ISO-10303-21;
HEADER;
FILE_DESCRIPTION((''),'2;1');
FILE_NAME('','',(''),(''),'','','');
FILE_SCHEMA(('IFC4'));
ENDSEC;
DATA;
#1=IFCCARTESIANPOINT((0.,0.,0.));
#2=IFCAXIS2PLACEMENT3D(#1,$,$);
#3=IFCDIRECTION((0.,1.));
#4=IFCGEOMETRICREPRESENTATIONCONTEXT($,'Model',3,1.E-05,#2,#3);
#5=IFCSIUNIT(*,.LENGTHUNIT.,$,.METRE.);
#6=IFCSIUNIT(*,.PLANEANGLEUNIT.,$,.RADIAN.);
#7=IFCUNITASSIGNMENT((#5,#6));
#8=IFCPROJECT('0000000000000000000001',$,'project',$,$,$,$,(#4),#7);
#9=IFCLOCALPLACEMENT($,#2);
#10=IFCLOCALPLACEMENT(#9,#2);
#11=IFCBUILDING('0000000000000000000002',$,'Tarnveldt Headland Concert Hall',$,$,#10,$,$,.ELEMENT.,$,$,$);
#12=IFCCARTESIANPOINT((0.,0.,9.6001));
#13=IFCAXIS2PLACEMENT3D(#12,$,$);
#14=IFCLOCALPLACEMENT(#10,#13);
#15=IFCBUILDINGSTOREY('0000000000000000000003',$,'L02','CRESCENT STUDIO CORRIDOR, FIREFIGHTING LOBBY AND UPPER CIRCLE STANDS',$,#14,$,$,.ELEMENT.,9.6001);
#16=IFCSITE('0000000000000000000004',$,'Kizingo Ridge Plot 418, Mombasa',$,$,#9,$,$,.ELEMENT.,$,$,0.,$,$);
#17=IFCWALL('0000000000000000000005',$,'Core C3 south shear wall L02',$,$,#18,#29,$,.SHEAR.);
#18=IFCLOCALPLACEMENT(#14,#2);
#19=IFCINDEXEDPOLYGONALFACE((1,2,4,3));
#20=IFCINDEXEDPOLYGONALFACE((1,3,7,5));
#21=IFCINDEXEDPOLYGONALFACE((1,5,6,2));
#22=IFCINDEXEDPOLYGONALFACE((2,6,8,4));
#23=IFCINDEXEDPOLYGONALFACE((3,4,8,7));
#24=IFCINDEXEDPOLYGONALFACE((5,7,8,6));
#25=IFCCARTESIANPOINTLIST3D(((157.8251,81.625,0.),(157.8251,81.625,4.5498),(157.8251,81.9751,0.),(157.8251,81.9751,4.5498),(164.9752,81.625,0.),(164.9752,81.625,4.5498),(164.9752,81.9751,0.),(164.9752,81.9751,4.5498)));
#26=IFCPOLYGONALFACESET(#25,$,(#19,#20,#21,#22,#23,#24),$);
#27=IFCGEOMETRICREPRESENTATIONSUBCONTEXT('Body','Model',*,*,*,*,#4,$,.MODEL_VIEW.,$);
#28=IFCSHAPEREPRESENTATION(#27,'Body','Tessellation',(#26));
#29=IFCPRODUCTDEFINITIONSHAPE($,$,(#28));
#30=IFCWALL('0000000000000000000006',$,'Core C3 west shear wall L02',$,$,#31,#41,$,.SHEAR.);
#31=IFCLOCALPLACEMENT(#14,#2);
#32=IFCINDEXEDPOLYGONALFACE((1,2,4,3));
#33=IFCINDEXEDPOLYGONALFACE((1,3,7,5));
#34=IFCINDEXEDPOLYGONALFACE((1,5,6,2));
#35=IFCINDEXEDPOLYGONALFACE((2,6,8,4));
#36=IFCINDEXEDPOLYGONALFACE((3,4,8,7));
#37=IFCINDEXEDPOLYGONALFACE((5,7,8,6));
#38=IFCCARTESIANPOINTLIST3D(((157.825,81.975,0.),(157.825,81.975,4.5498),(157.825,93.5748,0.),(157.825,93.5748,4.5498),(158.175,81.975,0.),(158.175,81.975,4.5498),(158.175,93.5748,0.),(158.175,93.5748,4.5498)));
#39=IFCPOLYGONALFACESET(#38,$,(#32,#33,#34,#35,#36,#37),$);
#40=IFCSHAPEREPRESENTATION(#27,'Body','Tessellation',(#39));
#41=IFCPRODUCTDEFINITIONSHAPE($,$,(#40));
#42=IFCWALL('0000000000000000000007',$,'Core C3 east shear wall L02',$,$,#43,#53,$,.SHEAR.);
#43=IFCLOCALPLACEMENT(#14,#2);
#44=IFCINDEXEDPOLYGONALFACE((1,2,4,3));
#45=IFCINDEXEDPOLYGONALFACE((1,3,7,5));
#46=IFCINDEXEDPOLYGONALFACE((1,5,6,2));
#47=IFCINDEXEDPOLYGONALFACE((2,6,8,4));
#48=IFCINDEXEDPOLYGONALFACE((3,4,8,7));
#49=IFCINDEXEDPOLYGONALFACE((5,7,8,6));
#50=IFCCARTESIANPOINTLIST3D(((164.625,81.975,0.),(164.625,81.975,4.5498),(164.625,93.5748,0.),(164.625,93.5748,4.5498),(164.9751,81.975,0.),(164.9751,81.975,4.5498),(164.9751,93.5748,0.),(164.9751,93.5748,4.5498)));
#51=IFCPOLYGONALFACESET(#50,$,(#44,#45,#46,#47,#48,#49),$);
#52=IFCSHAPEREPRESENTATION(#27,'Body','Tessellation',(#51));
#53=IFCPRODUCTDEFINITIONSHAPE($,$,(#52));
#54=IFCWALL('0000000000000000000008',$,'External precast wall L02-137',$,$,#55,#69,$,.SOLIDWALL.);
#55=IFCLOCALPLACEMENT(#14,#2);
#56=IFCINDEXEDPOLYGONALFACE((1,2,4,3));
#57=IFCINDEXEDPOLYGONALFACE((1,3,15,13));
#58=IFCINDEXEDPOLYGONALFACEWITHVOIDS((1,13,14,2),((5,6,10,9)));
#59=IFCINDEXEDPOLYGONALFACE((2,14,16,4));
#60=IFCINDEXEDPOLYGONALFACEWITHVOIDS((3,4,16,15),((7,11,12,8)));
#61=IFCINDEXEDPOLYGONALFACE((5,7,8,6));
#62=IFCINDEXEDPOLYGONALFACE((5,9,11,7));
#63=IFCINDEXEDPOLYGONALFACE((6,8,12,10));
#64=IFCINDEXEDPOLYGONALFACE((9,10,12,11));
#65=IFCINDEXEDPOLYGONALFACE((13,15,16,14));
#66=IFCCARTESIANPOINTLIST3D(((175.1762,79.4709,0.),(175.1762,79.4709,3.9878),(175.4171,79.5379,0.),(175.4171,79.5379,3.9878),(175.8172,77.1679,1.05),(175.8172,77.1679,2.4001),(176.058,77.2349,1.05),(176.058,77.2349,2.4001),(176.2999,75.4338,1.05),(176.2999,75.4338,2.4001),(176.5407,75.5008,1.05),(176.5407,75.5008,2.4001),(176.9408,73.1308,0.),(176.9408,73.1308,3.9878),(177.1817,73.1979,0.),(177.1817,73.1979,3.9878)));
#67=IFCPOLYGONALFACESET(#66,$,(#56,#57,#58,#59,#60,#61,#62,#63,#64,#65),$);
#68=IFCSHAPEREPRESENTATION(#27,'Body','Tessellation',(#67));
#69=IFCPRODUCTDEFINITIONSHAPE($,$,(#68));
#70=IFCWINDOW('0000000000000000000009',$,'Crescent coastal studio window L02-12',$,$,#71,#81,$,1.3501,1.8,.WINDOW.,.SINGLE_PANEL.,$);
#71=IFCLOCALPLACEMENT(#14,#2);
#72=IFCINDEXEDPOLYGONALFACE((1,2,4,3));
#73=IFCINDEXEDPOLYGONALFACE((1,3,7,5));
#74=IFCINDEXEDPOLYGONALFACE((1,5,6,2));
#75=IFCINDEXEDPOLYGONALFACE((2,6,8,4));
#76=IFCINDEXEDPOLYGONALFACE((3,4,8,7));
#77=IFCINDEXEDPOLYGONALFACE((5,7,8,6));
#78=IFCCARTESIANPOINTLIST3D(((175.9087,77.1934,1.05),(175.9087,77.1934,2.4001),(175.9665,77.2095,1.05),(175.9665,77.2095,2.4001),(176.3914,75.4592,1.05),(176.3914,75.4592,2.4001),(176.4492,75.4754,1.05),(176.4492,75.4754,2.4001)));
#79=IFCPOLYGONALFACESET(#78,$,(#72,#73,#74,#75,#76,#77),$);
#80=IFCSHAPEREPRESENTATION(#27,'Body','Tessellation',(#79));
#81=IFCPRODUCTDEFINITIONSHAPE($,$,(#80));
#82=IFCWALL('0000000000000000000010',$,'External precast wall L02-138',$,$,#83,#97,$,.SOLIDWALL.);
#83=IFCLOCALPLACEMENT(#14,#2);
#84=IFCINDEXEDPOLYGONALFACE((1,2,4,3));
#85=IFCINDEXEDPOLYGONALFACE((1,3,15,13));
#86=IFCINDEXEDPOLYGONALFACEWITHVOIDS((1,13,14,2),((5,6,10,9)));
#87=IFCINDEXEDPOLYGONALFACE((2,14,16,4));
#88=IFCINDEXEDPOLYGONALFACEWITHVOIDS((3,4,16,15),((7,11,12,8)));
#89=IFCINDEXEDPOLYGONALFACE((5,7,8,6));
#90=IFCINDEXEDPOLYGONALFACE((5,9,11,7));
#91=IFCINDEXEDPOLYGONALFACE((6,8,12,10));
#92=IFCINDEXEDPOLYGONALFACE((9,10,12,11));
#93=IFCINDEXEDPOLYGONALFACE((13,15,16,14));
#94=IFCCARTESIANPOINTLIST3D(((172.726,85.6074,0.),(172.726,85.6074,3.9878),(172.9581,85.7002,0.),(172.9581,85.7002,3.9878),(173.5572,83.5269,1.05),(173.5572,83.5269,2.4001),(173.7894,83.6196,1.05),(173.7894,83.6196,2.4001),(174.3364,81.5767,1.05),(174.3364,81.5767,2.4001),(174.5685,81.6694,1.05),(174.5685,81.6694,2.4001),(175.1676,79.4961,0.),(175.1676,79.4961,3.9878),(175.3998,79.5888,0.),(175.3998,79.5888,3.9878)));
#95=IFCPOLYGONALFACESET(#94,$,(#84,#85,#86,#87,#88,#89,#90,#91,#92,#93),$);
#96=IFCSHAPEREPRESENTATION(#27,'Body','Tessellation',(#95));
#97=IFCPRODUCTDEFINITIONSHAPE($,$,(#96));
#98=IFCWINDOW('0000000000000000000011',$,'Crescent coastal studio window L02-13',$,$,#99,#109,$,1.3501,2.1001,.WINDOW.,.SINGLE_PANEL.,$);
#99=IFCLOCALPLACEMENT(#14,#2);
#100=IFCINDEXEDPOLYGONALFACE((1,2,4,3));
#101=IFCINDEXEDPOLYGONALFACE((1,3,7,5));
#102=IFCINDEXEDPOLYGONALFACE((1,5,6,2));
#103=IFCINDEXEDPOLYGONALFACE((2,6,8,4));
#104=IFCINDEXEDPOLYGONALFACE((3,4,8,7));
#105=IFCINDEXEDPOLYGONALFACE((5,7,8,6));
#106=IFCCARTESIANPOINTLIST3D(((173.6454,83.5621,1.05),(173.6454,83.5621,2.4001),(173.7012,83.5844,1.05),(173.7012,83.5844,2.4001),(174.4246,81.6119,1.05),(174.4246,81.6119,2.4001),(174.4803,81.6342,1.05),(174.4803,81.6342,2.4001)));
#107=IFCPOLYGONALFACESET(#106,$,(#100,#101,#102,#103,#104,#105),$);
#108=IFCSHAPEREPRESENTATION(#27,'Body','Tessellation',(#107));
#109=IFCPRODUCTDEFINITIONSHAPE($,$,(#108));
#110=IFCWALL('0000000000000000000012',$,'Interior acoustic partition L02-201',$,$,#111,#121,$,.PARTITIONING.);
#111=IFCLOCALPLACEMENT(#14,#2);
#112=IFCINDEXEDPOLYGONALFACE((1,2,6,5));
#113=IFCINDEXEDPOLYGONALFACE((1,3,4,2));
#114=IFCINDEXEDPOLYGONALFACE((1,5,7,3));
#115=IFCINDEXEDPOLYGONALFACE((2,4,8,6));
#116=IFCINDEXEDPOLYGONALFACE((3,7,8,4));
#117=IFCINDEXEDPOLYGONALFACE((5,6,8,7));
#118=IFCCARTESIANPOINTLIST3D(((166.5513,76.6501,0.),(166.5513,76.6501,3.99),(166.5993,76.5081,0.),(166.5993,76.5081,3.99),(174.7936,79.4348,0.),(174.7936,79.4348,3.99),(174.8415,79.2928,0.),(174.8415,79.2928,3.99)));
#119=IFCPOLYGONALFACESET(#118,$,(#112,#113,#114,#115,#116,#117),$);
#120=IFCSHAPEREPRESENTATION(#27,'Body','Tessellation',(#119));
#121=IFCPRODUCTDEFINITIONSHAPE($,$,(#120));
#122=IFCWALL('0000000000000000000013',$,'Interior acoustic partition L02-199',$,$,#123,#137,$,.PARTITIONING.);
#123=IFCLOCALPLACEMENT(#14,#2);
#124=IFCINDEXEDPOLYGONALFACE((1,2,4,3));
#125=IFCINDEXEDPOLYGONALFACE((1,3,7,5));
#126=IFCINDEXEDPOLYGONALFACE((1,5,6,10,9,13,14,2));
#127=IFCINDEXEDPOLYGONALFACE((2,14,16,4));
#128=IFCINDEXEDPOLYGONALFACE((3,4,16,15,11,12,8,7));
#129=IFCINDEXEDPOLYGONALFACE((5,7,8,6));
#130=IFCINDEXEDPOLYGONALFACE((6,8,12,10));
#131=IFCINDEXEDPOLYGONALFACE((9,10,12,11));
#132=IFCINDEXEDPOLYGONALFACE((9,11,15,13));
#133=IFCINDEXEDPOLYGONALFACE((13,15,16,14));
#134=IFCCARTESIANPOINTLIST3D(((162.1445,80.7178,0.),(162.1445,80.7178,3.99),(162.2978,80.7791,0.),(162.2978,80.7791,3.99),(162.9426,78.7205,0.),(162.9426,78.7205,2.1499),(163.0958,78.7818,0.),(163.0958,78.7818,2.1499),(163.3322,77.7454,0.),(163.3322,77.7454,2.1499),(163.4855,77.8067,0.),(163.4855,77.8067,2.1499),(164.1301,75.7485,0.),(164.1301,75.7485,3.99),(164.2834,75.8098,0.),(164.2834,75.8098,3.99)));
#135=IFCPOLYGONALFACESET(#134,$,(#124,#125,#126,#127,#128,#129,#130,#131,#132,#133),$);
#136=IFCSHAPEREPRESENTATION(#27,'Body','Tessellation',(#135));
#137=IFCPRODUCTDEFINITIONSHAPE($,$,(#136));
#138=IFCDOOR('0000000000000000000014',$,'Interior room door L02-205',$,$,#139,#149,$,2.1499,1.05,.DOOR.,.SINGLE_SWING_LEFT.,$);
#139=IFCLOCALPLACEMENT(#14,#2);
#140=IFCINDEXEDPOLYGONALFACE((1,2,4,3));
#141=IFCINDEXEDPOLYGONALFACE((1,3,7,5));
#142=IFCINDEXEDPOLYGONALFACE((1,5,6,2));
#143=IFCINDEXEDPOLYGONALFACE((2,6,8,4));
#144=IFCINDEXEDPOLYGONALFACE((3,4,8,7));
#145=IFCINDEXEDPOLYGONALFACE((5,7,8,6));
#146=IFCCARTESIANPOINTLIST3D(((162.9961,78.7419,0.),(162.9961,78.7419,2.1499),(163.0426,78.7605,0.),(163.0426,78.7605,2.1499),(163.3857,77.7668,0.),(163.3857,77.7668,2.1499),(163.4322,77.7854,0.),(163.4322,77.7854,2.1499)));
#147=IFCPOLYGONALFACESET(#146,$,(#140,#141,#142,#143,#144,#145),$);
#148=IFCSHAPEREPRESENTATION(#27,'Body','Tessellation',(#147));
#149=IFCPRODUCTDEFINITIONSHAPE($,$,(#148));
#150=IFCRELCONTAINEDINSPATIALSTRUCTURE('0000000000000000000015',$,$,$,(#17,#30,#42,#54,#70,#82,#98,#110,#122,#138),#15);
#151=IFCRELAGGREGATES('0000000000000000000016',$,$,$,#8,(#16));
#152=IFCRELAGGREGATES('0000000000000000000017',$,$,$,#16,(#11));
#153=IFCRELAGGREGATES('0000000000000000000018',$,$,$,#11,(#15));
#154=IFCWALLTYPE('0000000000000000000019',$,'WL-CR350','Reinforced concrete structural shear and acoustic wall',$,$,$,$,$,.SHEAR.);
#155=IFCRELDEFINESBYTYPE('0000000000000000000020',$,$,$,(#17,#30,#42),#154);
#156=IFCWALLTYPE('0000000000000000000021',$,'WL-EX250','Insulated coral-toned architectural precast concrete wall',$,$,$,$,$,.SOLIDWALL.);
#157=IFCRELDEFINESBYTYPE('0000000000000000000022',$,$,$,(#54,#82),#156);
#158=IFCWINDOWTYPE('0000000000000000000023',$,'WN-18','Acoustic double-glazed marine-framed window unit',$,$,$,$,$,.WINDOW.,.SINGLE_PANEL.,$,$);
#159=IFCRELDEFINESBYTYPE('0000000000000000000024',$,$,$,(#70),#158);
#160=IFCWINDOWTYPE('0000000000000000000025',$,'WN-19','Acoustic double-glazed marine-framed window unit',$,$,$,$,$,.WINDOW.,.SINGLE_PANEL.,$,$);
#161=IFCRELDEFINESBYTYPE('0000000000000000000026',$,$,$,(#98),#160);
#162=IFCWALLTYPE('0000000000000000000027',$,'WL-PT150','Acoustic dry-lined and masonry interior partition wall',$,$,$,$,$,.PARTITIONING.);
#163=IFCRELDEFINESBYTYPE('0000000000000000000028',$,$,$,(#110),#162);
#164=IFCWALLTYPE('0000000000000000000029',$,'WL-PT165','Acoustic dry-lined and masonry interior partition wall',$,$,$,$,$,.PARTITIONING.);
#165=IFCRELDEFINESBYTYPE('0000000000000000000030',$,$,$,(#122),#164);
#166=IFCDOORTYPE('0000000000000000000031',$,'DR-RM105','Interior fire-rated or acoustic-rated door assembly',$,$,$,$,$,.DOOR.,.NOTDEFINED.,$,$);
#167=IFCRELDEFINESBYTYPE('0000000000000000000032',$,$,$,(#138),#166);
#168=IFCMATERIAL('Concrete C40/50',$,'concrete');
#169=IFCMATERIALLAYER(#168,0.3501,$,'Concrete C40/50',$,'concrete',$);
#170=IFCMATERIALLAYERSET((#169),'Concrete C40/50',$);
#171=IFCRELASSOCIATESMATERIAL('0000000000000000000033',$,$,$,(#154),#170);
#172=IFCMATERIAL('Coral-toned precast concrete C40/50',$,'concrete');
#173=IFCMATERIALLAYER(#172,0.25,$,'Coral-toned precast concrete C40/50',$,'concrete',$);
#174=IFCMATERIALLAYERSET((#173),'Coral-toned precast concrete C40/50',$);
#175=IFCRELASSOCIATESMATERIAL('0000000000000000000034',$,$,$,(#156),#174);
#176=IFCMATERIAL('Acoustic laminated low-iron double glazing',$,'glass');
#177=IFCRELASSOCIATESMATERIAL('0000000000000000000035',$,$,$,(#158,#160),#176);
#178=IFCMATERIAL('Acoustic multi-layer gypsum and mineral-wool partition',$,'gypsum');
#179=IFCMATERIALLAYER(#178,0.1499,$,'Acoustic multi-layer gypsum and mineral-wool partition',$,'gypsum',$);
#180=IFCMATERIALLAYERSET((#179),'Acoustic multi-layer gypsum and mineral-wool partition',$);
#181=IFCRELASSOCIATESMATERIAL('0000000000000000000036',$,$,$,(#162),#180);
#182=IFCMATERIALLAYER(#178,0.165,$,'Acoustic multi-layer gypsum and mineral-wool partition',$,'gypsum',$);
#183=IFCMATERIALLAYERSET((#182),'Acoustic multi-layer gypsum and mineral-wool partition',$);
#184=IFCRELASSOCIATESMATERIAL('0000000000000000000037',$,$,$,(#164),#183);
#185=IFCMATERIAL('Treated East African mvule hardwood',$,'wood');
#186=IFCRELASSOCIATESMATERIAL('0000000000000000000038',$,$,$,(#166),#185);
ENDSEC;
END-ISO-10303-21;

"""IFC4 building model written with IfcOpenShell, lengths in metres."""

from ifc_helpers import new_model, si_unit, direction, frame, frame_2d, origin, place, context, subcontext, project, spatial, rectangle, extrude, material, layer, layer_set, type_object, element, fill, save


model = new_model("IFC4")

# Units and contexts
model_context = context("Model", 3, precision=1e-05, world=origin(), true_north=direction((0.0, 1.0)))
body_context = subcontext(model_context, "Body", "Model", "MODEL_VIEW")
ifc_project = project(units=[si_unit("LENGTHUNIT", "METRE"), si_unit("PLANEANGLEUNIT", "RADIAN")], contexts=[model_context])

# Site, building, storey
site_placement = place(None, origin())
site = spatial("IfcSite", under=ifc_project, at=site_placement, Name="Kizingo Ridge Plot 418, Mombasa", CompositionType="ELEMENT", RefElevation=0.0)
building_placement = place(site_placement, origin())
building = spatial("IfcBuilding", under=site, at=building_placement, Name="Tarnveldt Headland Concert Hall", CompositionType="ELEMENT")
storey_placement = place(building_placement, frame((0.0, 0.0, 9.6001)))
storey = spatial("IfcBuildingStorey", under=building, at=storey_placement, Name="L02", Description="CRESCENT STUDIO CORRIDOR, FIREFIGHTING LOBBY AND UPPER CIRCLE STANDS", CompositionType="ELEMENT", Elevation=9.6001)

# Shared definitions
ifc_material_1 = material(Name="Concrete C40/50", Category="concrete")

# Shared definitions
ifc_material_2 = material(Name="Acoustic laminated low-iron double glazing", Category="glass")

# Walls
ifc_layer_1 = layer(ifc_material_1, 0.3501, Name="Concrete C40/50", Category="concrete")
ifc_layer_set_1 = layer_set([ifc_layer_1], Name="Concrete C40/50")
wall_type_1 = type_object("IfcWallType", Name="WL-CR350", Description="Reinforced concrete structural shear and acoustic wall", PredefinedType="SHEAR", material=ifc_layer_set_1)
wall_1_placement = place(storey_placement, frame((157.825, 81.8, 0.0), z_axis=(0.0, 0.0, 1.0), x_axis=(1.0, 0.0, 0.0)))
element("IfcWall", 1, at=wall_1_placement, inside=storey, type_object=wall_type_1, Name="Core C3 south shear wall L02", PredefinedType="SHEAR", context=body_context, shape_type="SweptSolid", body=[
    extrude(rectangle(XDim=7.1501, YDim=0.3501, at=frame_2d((3.5752, 0.0))), origin(), (0.0, 0.0, 1.0), 4.5498),
])
for number, where, z_axis, x_axis, name in (
    (2, (158.0, 81.9751, 0.0), (0.0, 0.0, 1.0), (0.0, 1.0, 0.0), "Core C3 west shear wall L02"),
    (3, (164.8, 81.9751, 0.0), (0.0, 0.0, 1.0), (0.0, 1.0, 0.0), "Core C3 east shear wall L02"),
):
    element("IfcWall", number, at=place(storey_placement, frame(where, z_axis=z_axis, x_axis=x_axis)), inside=storey, type_object=wall_type_1, Name=name, PredefinedType="SHEAR", context=body_context, shape_type="SweptSolid", body=[
        extrude(rectangle(XDim=11.5999, YDim=0.3501, at=frame_2d((5.7998, 0.0))), origin(), (0.0, 0.0, 1.0), 4.5498),
    ])

# Walls, openings, windows
ifc_material_3 = material(Name="Coral-toned precast concrete C40/50", Category="concrete")
ifc_layer_2 = layer(ifc_material_3, 0.25, Name="Coral-toned precast concrete C40/50", Category="concrete")
ifc_layer_set_2 = layer_set([ifc_layer_2], Name="Coral-toned precast concrete C40/50")
wall_type_2 = type_object("IfcWallType", Name="WL-EX250", Description="Insulated coral-toned architectural precast concrete wall", PredefinedType="SOLIDWALL", material=ifc_layer_set_2)
wall_2_placement = place(storey_placement, frame((175.2966, 79.5044, 0.0), z_axis=(0.0, 0.0, 1.0), x_axis=(0.268139, -0.96338, 0.0)))
wall_2 = element("IfcWall", 4, at=wall_2_placement, inside=storey, type_object=wall_type_2, Name="External precast wall L02-137", PredefinedType="SOLIDWALL", context=body_context, shape_type="SweptSolid", body=[
    extrude(rectangle(XDim=6.5811, YDim=0.25, at=frame_2d((3.2905, 0.0))), origin(), (0.0, 0.0, 1.0), 3.9878),
])
opening_1_placement = place(wall_2_placement, frame((2.3906, 0.0, 1.05)))
opening_1 = element("IfcOpeningElement", 5, at=opening_1_placement, cuts=wall_2, PredefinedType="OPENING", context=body_context, shape_type="SweptSolid", body=[
    extrude(rectangle(XDim=1.8, YDim=1.3501, at=frame_2d((0.8999, 0.675))), frame((0.0, 0.135, 0.0), z_axis=(0.0, -1.0, 0.0), x_axis=(1.0, 0.0, 0.0)), (0.0, 0.0, 1.0), 0.27),
])
window_type_1 = type_object("IfcWindowType", Name="WN-18", Description="Acoustic double-glazed marine-framed window unit", PartitioningType="SINGLE_PANEL", PredefinedType="WINDOW", material=ifc_material_2)
window_1_placement = place(opening_1_placement, origin())
window_1 = element("IfcWindow", 6, at=window_1_placement, inside=storey, type_object=window_type_1, Name="Crescent coastal studio window L02-12", OverallHeight=1.3501, OverallWidth=1.8, PartitioningType="SINGLE_PANEL", PredefinedType="WINDOW", context=body_context, shape_type="SweptSolid", body=[
    extrude(rectangle(XDim=1.8, YDim=1.3501, at=frame_2d((0.8999, 0.675))), frame((0.0, 0.03, 0.0), z_axis=(0.0, -1.0, 0.0), x_axis=(1.0, 0.0, 0.0)), (0.0, 0.0, 1.0), 0.0601),
])
fill(opening_1, window_1)
wall_3_placement = place(storey_placement, frame((172.842, 85.6538, 0.0), z_axis=(0.0, 0.0, 1.0), x_axis=(0.371013, -0.928628, 0.0)))
wall_3 = element("IfcWall", 7, at=wall_3_placement, inside=storey, type_object=wall_type_2, Name="External precast wall L02-138", PredefinedType="SOLIDWALL", context=body_context, shape_type="SweptSolid", body=[
    extrude(rectangle(XDim=6.5811, YDim=0.25, at=frame_2d((3.2905, 0.0))), origin(), (0.0, 0.0, 1.0), 3.9878),
])
opening_2_placement = place(wall_3_placement, frame((2.2405, 0.0, 1.05)))
opening_2 = element("IfcOpeningElement", 8, at=opening_2_placement, cuts=wall_3, PredefinedType="OPENING", context=body_context, shape_type="SweptSolid", body=[
    extrude(rectangle(XDim=2.1001, YDim=1.3501, at=frame_2d((1.05, 0.675))), frame((0.0, 0.135, 0.0), z_axis=(0.0, -1.0, 0.0), x_axis=(1.0, 0.0, 0.0)), (0.0, 0.0, 1.0), 0.27),
])
window_type_2 = type_object("IfcWindowType", Name="WN-19", Description="Acoustic double-glazed marine-framed window unit", PartitioningType="SINGLE_PANEL", PredefinedType="WINDOW", material=ifc_material_2)
window_2_placement = place(opening_2_placement, origin())
window_2 = element("IfcWindow", 9, at=window_2_placement, inside=storey, type_object=window_type_2, Name="Crescent coastal studio window L02-13", OverallHeight=1.3501, OverallWidth=2.1001, PartitioningType="SINGLE_PANEL", PredefinedType="WINDOW", context=body_context, shape_type="SweptSolid", body=[
    extrude(rectangle(XDim=2.1001, YDim=1.3501, at=frame_2d((1.05, 0.675))), frame((0.0, 0.03, 0.0), z_axis=(0.0, -1.0, 0.0), x_axis=(1.0, 0.0, 0.0)), (0.0, 0.0, 1.0), 0.0601),
])
fill(opening_2, window_2)

# Wall
ifc_material_4 = material(Name="Acoustic multi-layer gypsum and mineral-wool partition", Category="gypsum")
ifc_layer_3 = layer(ifc_material_4, 0.1499, Name="Acoustic multi-layer gypsum and mineral-wool partition", Category="gypsum")
ifc_layer_set_3 = layer_set([ifc_layer_3], Name="Acoustic multi-layer gypsum and mineral-wool partition")
wall_type_3 = type_object("IfcWallType", Name="WL-PT150", Description="Acoustic dry-lined and masonry interior partition wall", PredefinedType="PARTITIONING", material=ifc_layer_set_3)
wall_4_placement = place(storey_placement, frame((166.5752, 76.5791, 0.0), z_axis=(0.0, 0.0, 1.0), x_axis=(0.94739, 0.320081, 0.0)))
element("IfcWall", 10, at=wall_4_placement, inside=storey, type_object=wall_type_3, Name="Interior acoustic partition L02-201", PredefinedType="PARTITIONING", context=body_context, shape_type="SweptSolid", body=[
    extrude(rectangle(XDim=8.7, YDim=0.1499, at=frame_2d((4.3501, 0.0))), origin(), (0.0, 0.0, 1.0), 3.99),
])

# Wall, opening, door
ifc_layer_4 = layer(ifc_material_4, 0.165, Name="Acoustic multi-layer gypsum and mineral-wool partition", Category="gypsum")
ifc_layer_set_4 = layer_set([ifc_layer_4], Name="Acoustic multi-layer gypsum and mineral-wool partition")
wall_type_4 = type_object("IfcWallType", Name="WL-PT165", Description="Acoustic dry-lined and masonry interior partition wall", PredefinedType="PARTITIONING", material=ifc_layer_set_4)
wall_5_placement = place(storey_placement, frame((164.2068, 75.7791, 0.0), z_axis=(0.0, 0.0, 1.0), x_axis=(-0.371052, 0.928612, 0.0)))
wall_5 = element("IfcWall", 11, at=wall_5_placement, inside=storey, type_object=wall_type_4, Name="Interior acoustic partition L02-199", PredefinedType="PARTITIONING", context=body_context, shape_type="SweptSolid", body=[
    extrude(rectangle(XDim=5.3513, YDim=0.165, at=frame_2d((2.6758, 0.0))), origin(), (0.0, 0.0, 1.0), 3.99),
])
opening_3_placement = place(wall_5_placement, frame((2.1506, 0.0, 0.0)))
opening_3 = element("IfcOpeningElement", 12, at=opening_3_placement, cuts=wall_5, PredefinedType="OPENING", context=body_context, shape_type="SweptSolid", body=[
    extrude(rectangle(XDim=1.05, YDim=2.1499, at=frame_2d((0.5249, 1.075))), frame((0.0, 0.0925, 0.0), z_axis=(0.0, -1.0, 0.0), x_axis=(1.0, 0.0, 0.0)), (0.0, 0.0, 1.0), 0.1851),
])
ifc_material_5 = material(Name="Treated East African mvule hardwood", Category="wood")
door_type_1 = type_object("IfcDoorType", Name="DR-RM105", Description="Interior fire-rated or acoustic-rated door assembly", OperationType="NOTDEFINED", PredefinedType="DOOR", material=ifc_material_5)
door_1_placement = place(opening_3_placement, origin())
door_1 = element("IfcDoor", 13, at=door_1_placement, inside=storey, type_object=door_type_1, Name="Interior room door L02-205", OperationType="SINGLE_SWING_LEFT", OverallHeight=2.1499, OverallWidth=1.05, PredefinedType="DOOR", context=body_context, shape_type="SweptSolid", body=[
    extrude(rectangle(XDim=1.05, YDim=2.1499, at=frame_2d((0.5249, 1.075))), frame((0.0, 0.0249, 0.0), z_axis=(0.0, -1.0, 0.0), x_axis=(1.0, 0.0, 0.0)), (0.0, 0.0, 1.0), 0.05),
])
fill(opening_3, door_1)

save(model, "model.ifc")
